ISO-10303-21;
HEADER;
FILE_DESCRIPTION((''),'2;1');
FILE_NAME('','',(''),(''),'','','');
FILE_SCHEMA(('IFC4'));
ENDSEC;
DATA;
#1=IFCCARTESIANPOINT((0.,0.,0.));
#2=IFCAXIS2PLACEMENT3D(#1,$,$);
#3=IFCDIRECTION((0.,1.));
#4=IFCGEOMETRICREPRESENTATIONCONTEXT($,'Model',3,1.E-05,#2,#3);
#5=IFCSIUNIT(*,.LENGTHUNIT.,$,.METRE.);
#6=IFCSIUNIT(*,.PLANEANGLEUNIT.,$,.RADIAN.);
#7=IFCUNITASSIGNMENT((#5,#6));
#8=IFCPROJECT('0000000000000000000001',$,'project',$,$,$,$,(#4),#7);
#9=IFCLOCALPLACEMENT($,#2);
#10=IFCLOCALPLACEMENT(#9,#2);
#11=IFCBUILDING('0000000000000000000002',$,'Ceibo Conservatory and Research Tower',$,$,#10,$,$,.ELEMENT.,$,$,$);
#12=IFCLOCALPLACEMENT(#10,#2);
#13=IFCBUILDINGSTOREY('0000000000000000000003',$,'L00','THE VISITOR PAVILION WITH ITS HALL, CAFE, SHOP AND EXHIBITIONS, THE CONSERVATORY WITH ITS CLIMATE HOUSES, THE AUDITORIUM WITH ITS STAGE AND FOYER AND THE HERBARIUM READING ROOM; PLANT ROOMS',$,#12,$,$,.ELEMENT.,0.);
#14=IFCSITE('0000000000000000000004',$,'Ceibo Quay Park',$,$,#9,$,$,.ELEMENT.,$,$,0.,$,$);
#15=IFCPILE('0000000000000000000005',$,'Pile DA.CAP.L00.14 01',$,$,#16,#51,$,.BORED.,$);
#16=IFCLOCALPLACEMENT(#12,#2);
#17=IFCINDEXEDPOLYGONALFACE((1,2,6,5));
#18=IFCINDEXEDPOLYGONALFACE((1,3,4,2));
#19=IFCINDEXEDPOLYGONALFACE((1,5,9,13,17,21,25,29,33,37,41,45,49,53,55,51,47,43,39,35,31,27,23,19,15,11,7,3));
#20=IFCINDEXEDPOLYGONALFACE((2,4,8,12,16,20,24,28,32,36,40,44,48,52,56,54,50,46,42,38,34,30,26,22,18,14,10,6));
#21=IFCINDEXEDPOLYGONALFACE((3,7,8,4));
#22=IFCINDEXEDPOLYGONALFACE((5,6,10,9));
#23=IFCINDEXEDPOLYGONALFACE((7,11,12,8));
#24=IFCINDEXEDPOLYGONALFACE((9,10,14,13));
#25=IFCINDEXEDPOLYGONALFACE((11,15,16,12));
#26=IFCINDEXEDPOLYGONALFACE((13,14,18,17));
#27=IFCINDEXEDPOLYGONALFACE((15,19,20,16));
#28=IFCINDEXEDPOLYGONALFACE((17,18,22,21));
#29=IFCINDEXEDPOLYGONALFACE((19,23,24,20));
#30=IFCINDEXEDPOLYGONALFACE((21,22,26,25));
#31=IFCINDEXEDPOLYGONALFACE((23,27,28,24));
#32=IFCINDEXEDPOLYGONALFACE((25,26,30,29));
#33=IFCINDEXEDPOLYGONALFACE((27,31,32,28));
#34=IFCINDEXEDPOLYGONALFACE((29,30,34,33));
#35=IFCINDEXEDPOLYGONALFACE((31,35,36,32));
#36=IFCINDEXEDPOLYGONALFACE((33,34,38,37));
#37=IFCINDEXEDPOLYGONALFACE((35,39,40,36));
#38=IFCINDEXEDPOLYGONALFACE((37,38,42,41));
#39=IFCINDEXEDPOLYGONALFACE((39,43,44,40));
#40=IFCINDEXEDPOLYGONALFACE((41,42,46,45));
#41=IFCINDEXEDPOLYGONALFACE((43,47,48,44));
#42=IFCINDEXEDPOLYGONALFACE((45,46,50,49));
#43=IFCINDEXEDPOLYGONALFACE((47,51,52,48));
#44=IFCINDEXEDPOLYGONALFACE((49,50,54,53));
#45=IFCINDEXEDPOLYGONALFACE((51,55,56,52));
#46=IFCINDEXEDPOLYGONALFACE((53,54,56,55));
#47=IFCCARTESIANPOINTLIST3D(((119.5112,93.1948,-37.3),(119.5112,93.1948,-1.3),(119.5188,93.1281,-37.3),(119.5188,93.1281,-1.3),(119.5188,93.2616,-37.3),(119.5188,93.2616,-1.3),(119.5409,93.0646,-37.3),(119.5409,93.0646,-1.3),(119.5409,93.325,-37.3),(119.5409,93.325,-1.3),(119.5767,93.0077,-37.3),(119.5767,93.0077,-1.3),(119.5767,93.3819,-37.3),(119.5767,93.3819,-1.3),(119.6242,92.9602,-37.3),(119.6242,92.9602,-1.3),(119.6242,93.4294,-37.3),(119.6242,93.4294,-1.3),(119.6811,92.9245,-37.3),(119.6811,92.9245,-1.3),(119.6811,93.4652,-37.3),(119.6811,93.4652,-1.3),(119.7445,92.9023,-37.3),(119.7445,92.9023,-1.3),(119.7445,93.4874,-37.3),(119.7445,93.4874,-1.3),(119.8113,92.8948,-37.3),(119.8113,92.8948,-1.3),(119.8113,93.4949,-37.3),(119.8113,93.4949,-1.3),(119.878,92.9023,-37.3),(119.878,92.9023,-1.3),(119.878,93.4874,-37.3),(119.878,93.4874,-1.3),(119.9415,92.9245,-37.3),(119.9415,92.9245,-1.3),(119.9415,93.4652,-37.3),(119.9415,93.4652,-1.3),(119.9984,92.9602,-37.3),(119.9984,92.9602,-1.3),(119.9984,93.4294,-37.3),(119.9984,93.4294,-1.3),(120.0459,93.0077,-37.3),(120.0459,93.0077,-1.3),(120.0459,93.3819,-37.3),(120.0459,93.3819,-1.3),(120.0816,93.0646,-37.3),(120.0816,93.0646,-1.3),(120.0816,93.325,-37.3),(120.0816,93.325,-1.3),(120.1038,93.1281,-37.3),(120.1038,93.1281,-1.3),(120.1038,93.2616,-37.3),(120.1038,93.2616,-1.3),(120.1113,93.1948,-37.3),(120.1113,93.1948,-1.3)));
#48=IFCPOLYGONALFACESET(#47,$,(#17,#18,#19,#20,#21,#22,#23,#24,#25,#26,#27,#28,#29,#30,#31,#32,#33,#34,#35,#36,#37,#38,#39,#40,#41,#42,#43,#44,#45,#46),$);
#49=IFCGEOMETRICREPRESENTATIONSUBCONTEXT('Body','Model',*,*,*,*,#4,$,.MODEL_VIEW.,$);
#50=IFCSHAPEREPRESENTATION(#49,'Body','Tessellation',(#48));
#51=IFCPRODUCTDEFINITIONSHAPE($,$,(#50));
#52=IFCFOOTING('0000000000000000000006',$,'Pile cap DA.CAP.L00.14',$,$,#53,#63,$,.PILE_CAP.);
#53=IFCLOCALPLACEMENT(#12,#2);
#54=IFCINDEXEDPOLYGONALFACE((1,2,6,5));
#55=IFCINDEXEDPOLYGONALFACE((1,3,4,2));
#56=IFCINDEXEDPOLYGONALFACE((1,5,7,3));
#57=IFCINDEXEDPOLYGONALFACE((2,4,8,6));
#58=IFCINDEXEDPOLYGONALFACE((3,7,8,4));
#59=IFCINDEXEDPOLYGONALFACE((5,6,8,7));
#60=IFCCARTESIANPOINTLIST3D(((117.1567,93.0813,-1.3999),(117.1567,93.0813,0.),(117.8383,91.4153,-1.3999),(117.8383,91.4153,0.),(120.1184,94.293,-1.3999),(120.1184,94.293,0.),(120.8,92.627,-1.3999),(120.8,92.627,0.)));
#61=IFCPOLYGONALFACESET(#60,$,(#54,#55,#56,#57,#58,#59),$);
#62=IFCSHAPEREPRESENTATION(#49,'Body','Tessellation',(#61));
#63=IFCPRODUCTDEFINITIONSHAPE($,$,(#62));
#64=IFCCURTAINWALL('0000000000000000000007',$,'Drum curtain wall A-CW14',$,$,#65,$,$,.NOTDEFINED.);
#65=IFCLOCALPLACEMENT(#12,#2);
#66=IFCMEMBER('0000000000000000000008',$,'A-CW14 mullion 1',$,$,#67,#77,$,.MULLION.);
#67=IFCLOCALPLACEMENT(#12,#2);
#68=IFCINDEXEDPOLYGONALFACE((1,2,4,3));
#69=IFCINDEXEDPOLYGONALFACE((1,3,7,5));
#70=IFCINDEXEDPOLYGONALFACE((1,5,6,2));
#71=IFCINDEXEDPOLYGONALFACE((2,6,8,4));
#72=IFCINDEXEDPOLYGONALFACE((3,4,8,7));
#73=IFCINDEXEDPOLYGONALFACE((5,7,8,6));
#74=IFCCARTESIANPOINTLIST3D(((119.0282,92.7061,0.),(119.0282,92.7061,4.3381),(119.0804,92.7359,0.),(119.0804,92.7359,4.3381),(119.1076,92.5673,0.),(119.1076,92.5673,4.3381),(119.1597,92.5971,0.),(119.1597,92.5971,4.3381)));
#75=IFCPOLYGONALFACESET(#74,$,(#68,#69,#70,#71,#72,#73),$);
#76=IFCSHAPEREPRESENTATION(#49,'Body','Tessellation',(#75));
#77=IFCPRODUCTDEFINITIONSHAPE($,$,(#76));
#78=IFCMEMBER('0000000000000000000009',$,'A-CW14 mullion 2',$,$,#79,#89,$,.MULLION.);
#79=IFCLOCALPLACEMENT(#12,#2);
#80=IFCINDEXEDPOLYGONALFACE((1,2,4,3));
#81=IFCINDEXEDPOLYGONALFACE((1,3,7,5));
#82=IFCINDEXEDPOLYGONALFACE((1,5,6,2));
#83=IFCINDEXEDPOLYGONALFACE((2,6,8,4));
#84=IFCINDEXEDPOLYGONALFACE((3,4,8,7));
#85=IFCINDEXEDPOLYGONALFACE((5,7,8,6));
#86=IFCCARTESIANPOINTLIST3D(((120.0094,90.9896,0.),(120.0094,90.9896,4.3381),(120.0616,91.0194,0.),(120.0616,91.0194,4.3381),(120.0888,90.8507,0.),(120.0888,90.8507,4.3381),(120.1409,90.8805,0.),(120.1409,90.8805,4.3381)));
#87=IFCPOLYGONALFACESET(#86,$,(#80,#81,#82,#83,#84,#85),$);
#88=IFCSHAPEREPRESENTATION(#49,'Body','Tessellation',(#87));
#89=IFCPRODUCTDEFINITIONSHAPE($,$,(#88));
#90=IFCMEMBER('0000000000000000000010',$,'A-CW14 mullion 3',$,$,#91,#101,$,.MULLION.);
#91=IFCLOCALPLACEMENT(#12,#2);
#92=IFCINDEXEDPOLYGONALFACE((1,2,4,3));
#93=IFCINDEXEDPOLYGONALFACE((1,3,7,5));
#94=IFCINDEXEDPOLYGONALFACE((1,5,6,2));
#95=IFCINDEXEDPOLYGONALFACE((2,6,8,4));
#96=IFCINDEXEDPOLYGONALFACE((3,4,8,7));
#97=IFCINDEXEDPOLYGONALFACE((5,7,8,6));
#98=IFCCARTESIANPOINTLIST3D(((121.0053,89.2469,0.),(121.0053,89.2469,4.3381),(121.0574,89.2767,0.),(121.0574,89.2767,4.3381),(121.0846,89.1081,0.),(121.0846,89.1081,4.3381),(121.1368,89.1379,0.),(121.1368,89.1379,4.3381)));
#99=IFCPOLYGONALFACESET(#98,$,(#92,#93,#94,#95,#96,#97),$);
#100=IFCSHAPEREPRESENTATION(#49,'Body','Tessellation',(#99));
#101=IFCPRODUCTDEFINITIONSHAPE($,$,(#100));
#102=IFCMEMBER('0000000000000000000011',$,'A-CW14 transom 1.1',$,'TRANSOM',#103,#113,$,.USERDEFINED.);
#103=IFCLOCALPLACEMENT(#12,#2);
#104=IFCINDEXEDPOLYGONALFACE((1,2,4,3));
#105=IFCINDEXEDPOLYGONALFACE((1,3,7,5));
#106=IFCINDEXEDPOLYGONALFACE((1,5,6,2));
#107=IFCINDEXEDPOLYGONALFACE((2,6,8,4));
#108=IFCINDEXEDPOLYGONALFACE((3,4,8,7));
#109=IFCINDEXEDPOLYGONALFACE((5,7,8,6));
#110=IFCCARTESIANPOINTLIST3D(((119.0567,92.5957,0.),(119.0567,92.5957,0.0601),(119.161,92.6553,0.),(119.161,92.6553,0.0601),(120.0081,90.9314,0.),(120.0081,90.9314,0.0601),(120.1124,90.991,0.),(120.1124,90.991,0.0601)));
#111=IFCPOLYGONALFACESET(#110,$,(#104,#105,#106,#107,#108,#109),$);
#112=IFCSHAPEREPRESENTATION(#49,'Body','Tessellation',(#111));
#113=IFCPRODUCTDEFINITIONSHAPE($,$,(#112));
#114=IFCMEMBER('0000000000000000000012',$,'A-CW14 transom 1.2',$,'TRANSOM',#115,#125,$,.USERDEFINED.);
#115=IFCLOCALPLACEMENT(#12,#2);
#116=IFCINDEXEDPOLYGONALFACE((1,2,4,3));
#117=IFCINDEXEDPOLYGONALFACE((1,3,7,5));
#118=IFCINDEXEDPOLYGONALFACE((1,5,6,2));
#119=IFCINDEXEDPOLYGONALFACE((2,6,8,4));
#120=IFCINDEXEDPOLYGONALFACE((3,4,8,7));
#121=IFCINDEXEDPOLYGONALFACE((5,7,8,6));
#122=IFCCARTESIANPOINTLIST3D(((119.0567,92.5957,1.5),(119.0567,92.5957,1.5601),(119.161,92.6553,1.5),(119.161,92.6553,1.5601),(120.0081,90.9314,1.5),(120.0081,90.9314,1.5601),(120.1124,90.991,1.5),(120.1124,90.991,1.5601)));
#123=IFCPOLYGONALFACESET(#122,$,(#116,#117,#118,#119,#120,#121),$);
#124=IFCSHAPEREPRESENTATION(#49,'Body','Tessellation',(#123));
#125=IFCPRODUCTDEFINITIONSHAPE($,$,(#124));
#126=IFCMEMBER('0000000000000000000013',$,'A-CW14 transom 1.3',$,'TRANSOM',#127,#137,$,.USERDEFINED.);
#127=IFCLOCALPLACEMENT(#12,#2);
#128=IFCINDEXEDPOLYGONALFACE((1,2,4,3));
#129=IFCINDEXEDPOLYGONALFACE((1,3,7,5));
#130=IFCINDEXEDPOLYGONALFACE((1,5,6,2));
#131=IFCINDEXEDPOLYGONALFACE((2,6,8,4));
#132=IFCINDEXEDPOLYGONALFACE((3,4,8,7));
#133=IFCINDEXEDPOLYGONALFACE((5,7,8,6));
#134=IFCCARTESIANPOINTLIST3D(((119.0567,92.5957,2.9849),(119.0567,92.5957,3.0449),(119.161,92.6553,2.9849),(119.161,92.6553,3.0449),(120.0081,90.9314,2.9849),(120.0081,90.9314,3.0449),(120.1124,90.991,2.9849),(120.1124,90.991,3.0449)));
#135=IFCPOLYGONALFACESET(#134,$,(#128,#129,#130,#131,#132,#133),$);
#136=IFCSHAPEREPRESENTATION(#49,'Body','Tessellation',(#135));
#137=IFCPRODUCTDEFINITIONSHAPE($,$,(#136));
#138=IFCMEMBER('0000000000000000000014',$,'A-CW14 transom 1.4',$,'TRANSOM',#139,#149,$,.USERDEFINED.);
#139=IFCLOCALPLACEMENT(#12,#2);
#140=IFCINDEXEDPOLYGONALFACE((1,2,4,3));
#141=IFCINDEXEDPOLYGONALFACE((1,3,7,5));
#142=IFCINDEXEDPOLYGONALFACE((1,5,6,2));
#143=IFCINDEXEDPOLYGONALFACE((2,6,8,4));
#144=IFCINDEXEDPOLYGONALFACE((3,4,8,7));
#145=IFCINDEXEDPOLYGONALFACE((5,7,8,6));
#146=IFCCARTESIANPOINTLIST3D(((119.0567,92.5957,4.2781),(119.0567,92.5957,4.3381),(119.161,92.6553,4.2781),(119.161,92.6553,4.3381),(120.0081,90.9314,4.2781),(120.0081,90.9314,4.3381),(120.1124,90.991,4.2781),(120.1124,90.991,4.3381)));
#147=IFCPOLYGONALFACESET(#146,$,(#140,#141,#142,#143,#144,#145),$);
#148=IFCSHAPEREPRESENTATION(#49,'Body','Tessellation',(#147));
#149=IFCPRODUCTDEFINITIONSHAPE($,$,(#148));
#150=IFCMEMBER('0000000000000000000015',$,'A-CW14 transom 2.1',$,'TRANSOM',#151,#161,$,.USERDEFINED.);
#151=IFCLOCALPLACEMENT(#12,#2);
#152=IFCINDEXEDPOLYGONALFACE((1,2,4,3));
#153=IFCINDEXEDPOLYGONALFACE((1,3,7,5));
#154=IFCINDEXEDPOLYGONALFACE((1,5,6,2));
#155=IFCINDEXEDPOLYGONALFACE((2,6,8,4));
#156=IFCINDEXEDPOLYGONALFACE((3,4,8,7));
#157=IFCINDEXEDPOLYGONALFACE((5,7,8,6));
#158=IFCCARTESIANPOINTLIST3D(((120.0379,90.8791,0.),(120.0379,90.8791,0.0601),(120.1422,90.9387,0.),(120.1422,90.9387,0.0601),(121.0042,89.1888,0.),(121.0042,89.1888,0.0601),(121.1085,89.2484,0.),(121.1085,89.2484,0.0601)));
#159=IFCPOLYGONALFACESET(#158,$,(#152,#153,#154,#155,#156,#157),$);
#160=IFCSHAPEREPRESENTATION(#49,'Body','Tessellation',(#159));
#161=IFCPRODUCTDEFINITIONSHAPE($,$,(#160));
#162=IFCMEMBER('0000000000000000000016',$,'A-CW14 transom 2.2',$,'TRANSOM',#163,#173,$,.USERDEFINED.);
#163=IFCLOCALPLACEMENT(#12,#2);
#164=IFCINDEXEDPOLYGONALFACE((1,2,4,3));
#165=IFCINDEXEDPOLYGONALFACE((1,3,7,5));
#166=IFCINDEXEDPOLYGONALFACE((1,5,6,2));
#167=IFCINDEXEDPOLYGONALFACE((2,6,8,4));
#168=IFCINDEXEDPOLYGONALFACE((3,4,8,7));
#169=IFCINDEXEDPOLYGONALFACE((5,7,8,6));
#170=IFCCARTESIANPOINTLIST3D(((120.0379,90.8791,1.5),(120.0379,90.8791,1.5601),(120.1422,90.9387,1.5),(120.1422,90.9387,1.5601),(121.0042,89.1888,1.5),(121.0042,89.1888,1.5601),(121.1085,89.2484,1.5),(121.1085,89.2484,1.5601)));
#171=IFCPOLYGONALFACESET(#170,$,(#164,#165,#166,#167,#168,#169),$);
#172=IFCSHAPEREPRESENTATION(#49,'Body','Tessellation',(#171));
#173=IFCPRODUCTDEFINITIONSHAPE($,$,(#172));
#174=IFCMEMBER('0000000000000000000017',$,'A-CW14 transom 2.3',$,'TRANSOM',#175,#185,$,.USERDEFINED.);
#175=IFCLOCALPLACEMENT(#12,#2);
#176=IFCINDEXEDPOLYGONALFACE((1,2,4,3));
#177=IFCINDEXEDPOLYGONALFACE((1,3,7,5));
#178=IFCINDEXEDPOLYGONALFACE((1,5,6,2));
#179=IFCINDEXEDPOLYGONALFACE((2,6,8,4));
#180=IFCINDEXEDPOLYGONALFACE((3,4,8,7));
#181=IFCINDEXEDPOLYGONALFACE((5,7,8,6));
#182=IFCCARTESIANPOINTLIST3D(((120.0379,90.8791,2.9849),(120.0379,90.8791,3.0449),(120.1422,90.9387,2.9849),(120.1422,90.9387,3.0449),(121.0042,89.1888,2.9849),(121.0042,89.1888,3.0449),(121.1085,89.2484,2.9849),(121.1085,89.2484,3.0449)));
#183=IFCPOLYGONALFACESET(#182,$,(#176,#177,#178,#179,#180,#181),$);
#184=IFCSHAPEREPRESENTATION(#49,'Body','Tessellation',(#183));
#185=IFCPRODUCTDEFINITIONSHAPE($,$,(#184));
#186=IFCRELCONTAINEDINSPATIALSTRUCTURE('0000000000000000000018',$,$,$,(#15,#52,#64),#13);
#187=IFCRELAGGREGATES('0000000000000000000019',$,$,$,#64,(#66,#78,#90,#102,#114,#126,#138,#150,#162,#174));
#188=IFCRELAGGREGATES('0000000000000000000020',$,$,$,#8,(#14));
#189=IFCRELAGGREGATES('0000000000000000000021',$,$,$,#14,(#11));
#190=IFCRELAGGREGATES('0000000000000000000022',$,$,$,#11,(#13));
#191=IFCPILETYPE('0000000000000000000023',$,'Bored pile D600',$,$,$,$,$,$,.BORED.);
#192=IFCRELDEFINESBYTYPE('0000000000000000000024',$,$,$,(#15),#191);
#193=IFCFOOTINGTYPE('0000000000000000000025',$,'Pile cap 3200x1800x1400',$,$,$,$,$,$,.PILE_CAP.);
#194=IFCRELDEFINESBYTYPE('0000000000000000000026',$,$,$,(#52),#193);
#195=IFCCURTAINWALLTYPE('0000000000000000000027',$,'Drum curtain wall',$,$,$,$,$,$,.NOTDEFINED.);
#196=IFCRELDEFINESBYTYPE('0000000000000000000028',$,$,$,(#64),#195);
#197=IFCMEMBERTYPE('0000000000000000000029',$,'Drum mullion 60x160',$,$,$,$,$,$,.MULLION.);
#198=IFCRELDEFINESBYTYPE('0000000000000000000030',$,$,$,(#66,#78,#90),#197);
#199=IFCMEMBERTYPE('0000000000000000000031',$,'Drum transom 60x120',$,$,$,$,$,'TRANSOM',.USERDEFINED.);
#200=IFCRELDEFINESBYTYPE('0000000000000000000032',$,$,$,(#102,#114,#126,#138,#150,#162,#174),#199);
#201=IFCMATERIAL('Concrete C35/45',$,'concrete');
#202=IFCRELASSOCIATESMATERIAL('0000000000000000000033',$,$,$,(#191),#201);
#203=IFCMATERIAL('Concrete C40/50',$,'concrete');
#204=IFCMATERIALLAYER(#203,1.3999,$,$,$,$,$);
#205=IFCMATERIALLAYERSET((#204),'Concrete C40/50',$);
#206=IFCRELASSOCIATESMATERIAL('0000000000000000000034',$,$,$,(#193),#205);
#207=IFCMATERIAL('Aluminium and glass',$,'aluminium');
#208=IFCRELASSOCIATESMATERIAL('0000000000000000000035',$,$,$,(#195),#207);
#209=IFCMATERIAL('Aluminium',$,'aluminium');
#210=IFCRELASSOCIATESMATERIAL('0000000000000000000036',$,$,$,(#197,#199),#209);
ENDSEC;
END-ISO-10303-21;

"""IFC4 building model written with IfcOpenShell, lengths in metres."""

from ifc_helpers import new_model, si_unit, direction, frame, origin, origin_2d, place, context, subcontext, project, spatial, polyline, rectangle, circle, outline, extrude, material, layer, layer_set, material_profile, profile_set, type_object, element, aggregate, save


model = new_model("IFC4")

# Units and contexts
model_context = context("Model", 3, precision=1e-05, world=origin(), true_north=direction((0.0, 1.0)))
body_context = subcontext(model_context, "Body", "Model", "MODEL_VIEW")
ifc_project = project(units=[si_unit("LENGTHUNIT", "METRE"), si_unit("PLANEANGLEUNIT", "RADIAN")], contexts=[model_context])

# Site, building, storey
site_placement = place(None, origin())
site = spatial("IfcSite", under=ifc_project, at=site_placement, Name="Ceibo Quay Park", CompositionType="ELEMENT", RefElevation=0.0)
building_placement = place(site_placement, origin())
building = spatial("IfcBuilding", under=site, at=building_placement, Name="Ceibo Conservatory and Research Tower", CompositionType="ELEMENT")
storey_placement = place(building_placement, origin())
storey = spatial("IfcBuildingStorey", under=building, at=storey_placement, Name="L00", Description="THE VISITOR PAVILION WITH ITS HALL, CAFE, SHOP AND EXHIBITIONS, THE CONSERVATORY WITH ITS CLIMATE HOUSES, THE AUDITORIUM WITH ITS STAGE AND FOYER AND THE HERBARIUM READING ROOM; PLANT ROOMS", CompositionType="ELEMENT", Elevation=0.0)

# Pile
ifc_material_1 = material(Name="Concrete C35/45", Category="concrete")
ifc_material_profile_1 = material_profile(ifc_material_1, circle(Radius=0.3, at=origin_2d()), Name="RC D600")
ifc_profile_set_1 = profile_set([ifc_material_profile_1], Name="Concrete C35/45")
pile_type = type_object("IfcPileType", Name="Bored pile D600", PredefinedType="BORED", material=ifc_profile_set_1)
pile_placement = place(storey_placement, frame((119.8113, 93.1948, -1.3), z_axis=(0.0, 0.0, -1.0), x_axis=(1.0, 0.0, 0.0)))
element("IfcPile", 1, at=pile_placement, inside=storey, type_object=pile_type, Name="Pile DA.CAP.L00.14 01", PredefinedType="BORED", context=body_context, shape_type="SweptSolid", body=[
    extrude(circle(Radius=0.3, at=origin_2d()), origin(), (0.0, 0.0, 1.0), 36.0),
])

# Footing
ifc_material_2 = material(Name="Concrete C40/50", Category="concrete")
ifc_layer_1 = layer(ifc_material_2, 1.3999)
ifc_layer_set_1 = layer_set([ifc_layer_1], Name="Concrete C40/50")
footing_type = type_object("IfcFootingType", Name="Pile cap 3200x1800x1400", PredefinedType="PILE_CAP", material=ifc_layer_set_1)
footing_placement = place(storey_placement, frame((120.1184, 94.293, -1.3999), z_axis=(0.0, 0.0, 1.0), x_axis=(-0.925541, -0.378648, 0.0)))
element("IfcFooting", 2, at=footing_placement, inside=storey, type_object=footing_type, Name="Pile cap DA.CAP.L00.14", PredefinedType="PILE_CAP", context=body_context, shape_type="SweptSolid", body=[
    extrude(outline(polyline([(0.0, 0.0), (3.2, 0.0), (3.2, 1.8), (0.0, 1.8), (0.0, 0.0)])), origin(), (0.0, 0.0, 1.0), 1.3999),
])

# Curtain wall, members
ifc_material_3 = material(Name="Aluminium and glass", Category="aluminium")
curtain_wall_type = type_object("IfcCurtainWallType", Name="Drum curtain wall", PredefinedType="NOTDEFINED", material=ifc_material_3)
curtain_wall_placement = place(storey_placement, origin())
curtain_wall = element("IfcCurtainWall", 3, at=curtain_wall_placement, inside=storey, type_object=curtain_wall_type, Name="Drum curtain wall A-CW14", PredefinedType="NOTDEFINED")
ifc_material_4 = material(Name="Aluminium", Category="aluminium")
ifc_material_profile_2 = material_profile(ifc_material_4, rectangle(XDim=0.0601, YDim=0.1599, at=origin_2d()), Name="AL 60x160")
ifc_profile_set_2 = profile_set([ifc_material_profile_2], Name="Aluminium")
member_type_1 = type_object("IfcMemberType", Name="Drum mullion 60x160", PredefinedType="MULLION", material=ifc_profile_set_2)
member_1_placement = place(storey_placement, frame((119.094, 92.6516, 0.0), z_axis=(0.0, 0.0, 1.0), x_axis=(0.868199, 0.496216, 0.0)))
member_1 = element("IfcMember", 4, at=member_1_placement, type_object=member_type_1, Name="A-CW14 mullion 1", PredefinedType="MULLION", context=body_context, shape_type="SweptSolid", body=[
    extrude(rectangle(XDim=0.0601, YDim=0.1599, at=origin_2d()), origin(), (0.0, 0.0, 1.0), 4.3381),
])
member_2_placement = place(storey_placement, frame((120.0752, 90.9351, 0.0), z_axis=(0.0, 0.0, 1.0), x_axis=(0.868199, 0.496216, 0.0)))
member_2 = element("IfcMember", 5, at=member_2_placement, type_object=member_type_1, Name="A-CW14 mullion 2", PredefinedType="MULLION", context=body_context, shape_type="SweptSolid", body=[
    extrude(rectangle(XDim=0.0601, YDim=0.1599, at=origin_2d()), origin(), (0.0, 0.0, 1.0), 4.3381),
])
member_3_placement = place(storey_placement, frame((121.071, 89.1924, 0.0), z_axis=(0.0, 0.0, 1.0), x_axis=(0.868199, 0.496216, 0.0)))
member_3 = element("IfcMember", 6, at=member_3_placement, type_object=member_type_1, Name="A-CW14 mullion 3", PredefinedType="MULLION", context=body_context, shape_type="SweptSolid", body=[
    extrude(rectangle(XDim=0.0601, YDim=0.1599, at=origin_2d()), origin(), (0.0, 0.0, 1.0), 4.3381),
])
ifc_material_profile_3 = material_profile(ifc_material_4, rectangle(XDim=0.1201, YDim=0.0601, at=origin_2d()), Name="AL 60x120")
ifc_profile_set_3 = profile_set([ifc_material_profile_3], Name="Aluminium")
member_type_2 = type_object("IfcMemberType", Name="Drum transom 60x120", ElementType="TRANSOM", PredefinedType="USERDEFINED", material=ifc_profile_set_3)
member_4_placement = place(storey_placement, frame((119.1089, 92.6255, 0.03), z_axis=(0.49629, -0.868157, 0.0), x_axis=(0.868157, 0.49629, 0.0)))
member_4 = element("IfcMember", 7, at=member_4_placement, type_object=member_type_2, Name="A-CW14 transom 1.1", ObjectType="TRANSOM", PredefinedType="USERDEFINED", context=body_context, shape_type="SweptSolid", body=[
    extrude(rectangle(XDim=0.1201, YDim=0.0601, at=origin_2d()), origin(), (0.0, 0.0, 1.0), 1.917),
])
member_5_placement = place(storey_placement, frame((119.1089, 92.6255, 1.53), z_axis=(0.49629, -0.868157, 0.0), x_axis=(0.868157, 0.49629, 0.0)))
member_5 = element("IfcMember", 8, at=member_5_placement, type_object=member_type_2, Name="A-CW14 transom 1.2", ObjectType="TRANSOM", PredefinedType="USERDEFINED", context=body_context, shape_type="SweptSolid", body=[
    extrude(rectangle(XDim=0.1201, YDim=0.0601, at=origin_2d()), origin(), (0.0, 0.0, 1.0), 1.917),
])
member_6_placement = place(storey_placement, frame((119.1089, 92.6255, 3.0149), z_axis=(0.49629, -0.868157, 0.0), x_axis=(0.868157, 0.49629, 0.0)))
member_6 = element("IfcMember", 9, at=member_6_placement, type_object=member_type_2, Name="A-CW14 transom 1.3", ObjectType="TRANSOM", PredefinedType="USERDEFINED", context=body_context, shape_type="SweptSolid", body=[
    extrude(rectangle(XDim=0.1201, YDim=0.0601, at=origin_2d()), origin(), (0.0, 0.0, 1.0), 1.917),
])
member_7_placement = place(storey_placement, frame((119.1089, 92.6255, 4.3081), z_axis=(0.49629, -0.868157, 0.0), x_axis=(0.868157, 0.49629, 0.0)))
member_7 = element("IfcMember", 10, at=member_7_placement, type_object=member_type_2, Name="A-CW14 transom 1.4", ObjectType="TRANSOM", PredefinedType="USERDEFINED", context=body_context, shape_type="SweptSolid", body=[
    extrude(rectangle(XDim=0.1201, YDim=0.0601, at=origin_2d()), origin(), (0.0, 0.0, 1.0), 1.917),
])
member_8_placement = place(storey_placement, frame((120.0901, 90.9089, 0.03), z_axis=(0.496274, -0.868166, 0.0), x_axis=(0.868166, 0.496274, 0.0)))
member_8 = element("IfcMember", 11, at=member_8_placement, type_object=member_type_2, Name="A-CW14 transom 2.1", ObjectType="TRANSOM", PredefinedType="USERDEFINED", context=body_context, shape_type="SweptSolid", body=[
    extrude(rectangle(XDim=0.1201, YDim=0.0601, at=origin_2d()), origin(), (0.0, 0.0, 1.0), 1.947),
])
member_9_placement = place(storey_placement, frame((120.0901, 90.9089, 1.53), z_axis=(0.496274, -0.868166, 0.0), x_axis=(0.868166, 0.496274, 0.0)))
member_9 = element("IfcMember", 12, at=member_9_placement, type_object=member_type_2, Name="A-CW14 transom 2.2", ObjectType="TRANSOM", PredefinedType="USERDEFINED", context=body_context, shape_type="SweptSolid", body=[
    extrude(rectangle(XDim=0.1201, YDim=0.0601, at=origin_2d()), origin(), (0.0, 0.0, 1.0), 1.947),
])
member_10_placement = place(storey_placement, frame((120.0901, 90.9089, 3.0149), z_axis=(0.496274, -0.868166, 0.0), x_axis=(0.868166, 0.496274, 0.0)))
member_10 = element("IfcMember", 13, at=member_10_placement, type_object=member_type_2, Name="A-CW14 transom 2.3", ObjectType="TRANSOM", PredefinedType="USERDEFINED", context=body_context, shape_type="SweptSolid", body=[
    extrude(rectangle(XDim=0.1201, YDim=0.0601, at=origin_2d()), origin(), (0.0, 0.0, 1.0), 1.947),
])

aggregate(curtain_wall, [member_1, member_2, member_3, member_4, member_5, member_6, member_7, member_8, member_9, member_10])

save(model, "model.ifc")
